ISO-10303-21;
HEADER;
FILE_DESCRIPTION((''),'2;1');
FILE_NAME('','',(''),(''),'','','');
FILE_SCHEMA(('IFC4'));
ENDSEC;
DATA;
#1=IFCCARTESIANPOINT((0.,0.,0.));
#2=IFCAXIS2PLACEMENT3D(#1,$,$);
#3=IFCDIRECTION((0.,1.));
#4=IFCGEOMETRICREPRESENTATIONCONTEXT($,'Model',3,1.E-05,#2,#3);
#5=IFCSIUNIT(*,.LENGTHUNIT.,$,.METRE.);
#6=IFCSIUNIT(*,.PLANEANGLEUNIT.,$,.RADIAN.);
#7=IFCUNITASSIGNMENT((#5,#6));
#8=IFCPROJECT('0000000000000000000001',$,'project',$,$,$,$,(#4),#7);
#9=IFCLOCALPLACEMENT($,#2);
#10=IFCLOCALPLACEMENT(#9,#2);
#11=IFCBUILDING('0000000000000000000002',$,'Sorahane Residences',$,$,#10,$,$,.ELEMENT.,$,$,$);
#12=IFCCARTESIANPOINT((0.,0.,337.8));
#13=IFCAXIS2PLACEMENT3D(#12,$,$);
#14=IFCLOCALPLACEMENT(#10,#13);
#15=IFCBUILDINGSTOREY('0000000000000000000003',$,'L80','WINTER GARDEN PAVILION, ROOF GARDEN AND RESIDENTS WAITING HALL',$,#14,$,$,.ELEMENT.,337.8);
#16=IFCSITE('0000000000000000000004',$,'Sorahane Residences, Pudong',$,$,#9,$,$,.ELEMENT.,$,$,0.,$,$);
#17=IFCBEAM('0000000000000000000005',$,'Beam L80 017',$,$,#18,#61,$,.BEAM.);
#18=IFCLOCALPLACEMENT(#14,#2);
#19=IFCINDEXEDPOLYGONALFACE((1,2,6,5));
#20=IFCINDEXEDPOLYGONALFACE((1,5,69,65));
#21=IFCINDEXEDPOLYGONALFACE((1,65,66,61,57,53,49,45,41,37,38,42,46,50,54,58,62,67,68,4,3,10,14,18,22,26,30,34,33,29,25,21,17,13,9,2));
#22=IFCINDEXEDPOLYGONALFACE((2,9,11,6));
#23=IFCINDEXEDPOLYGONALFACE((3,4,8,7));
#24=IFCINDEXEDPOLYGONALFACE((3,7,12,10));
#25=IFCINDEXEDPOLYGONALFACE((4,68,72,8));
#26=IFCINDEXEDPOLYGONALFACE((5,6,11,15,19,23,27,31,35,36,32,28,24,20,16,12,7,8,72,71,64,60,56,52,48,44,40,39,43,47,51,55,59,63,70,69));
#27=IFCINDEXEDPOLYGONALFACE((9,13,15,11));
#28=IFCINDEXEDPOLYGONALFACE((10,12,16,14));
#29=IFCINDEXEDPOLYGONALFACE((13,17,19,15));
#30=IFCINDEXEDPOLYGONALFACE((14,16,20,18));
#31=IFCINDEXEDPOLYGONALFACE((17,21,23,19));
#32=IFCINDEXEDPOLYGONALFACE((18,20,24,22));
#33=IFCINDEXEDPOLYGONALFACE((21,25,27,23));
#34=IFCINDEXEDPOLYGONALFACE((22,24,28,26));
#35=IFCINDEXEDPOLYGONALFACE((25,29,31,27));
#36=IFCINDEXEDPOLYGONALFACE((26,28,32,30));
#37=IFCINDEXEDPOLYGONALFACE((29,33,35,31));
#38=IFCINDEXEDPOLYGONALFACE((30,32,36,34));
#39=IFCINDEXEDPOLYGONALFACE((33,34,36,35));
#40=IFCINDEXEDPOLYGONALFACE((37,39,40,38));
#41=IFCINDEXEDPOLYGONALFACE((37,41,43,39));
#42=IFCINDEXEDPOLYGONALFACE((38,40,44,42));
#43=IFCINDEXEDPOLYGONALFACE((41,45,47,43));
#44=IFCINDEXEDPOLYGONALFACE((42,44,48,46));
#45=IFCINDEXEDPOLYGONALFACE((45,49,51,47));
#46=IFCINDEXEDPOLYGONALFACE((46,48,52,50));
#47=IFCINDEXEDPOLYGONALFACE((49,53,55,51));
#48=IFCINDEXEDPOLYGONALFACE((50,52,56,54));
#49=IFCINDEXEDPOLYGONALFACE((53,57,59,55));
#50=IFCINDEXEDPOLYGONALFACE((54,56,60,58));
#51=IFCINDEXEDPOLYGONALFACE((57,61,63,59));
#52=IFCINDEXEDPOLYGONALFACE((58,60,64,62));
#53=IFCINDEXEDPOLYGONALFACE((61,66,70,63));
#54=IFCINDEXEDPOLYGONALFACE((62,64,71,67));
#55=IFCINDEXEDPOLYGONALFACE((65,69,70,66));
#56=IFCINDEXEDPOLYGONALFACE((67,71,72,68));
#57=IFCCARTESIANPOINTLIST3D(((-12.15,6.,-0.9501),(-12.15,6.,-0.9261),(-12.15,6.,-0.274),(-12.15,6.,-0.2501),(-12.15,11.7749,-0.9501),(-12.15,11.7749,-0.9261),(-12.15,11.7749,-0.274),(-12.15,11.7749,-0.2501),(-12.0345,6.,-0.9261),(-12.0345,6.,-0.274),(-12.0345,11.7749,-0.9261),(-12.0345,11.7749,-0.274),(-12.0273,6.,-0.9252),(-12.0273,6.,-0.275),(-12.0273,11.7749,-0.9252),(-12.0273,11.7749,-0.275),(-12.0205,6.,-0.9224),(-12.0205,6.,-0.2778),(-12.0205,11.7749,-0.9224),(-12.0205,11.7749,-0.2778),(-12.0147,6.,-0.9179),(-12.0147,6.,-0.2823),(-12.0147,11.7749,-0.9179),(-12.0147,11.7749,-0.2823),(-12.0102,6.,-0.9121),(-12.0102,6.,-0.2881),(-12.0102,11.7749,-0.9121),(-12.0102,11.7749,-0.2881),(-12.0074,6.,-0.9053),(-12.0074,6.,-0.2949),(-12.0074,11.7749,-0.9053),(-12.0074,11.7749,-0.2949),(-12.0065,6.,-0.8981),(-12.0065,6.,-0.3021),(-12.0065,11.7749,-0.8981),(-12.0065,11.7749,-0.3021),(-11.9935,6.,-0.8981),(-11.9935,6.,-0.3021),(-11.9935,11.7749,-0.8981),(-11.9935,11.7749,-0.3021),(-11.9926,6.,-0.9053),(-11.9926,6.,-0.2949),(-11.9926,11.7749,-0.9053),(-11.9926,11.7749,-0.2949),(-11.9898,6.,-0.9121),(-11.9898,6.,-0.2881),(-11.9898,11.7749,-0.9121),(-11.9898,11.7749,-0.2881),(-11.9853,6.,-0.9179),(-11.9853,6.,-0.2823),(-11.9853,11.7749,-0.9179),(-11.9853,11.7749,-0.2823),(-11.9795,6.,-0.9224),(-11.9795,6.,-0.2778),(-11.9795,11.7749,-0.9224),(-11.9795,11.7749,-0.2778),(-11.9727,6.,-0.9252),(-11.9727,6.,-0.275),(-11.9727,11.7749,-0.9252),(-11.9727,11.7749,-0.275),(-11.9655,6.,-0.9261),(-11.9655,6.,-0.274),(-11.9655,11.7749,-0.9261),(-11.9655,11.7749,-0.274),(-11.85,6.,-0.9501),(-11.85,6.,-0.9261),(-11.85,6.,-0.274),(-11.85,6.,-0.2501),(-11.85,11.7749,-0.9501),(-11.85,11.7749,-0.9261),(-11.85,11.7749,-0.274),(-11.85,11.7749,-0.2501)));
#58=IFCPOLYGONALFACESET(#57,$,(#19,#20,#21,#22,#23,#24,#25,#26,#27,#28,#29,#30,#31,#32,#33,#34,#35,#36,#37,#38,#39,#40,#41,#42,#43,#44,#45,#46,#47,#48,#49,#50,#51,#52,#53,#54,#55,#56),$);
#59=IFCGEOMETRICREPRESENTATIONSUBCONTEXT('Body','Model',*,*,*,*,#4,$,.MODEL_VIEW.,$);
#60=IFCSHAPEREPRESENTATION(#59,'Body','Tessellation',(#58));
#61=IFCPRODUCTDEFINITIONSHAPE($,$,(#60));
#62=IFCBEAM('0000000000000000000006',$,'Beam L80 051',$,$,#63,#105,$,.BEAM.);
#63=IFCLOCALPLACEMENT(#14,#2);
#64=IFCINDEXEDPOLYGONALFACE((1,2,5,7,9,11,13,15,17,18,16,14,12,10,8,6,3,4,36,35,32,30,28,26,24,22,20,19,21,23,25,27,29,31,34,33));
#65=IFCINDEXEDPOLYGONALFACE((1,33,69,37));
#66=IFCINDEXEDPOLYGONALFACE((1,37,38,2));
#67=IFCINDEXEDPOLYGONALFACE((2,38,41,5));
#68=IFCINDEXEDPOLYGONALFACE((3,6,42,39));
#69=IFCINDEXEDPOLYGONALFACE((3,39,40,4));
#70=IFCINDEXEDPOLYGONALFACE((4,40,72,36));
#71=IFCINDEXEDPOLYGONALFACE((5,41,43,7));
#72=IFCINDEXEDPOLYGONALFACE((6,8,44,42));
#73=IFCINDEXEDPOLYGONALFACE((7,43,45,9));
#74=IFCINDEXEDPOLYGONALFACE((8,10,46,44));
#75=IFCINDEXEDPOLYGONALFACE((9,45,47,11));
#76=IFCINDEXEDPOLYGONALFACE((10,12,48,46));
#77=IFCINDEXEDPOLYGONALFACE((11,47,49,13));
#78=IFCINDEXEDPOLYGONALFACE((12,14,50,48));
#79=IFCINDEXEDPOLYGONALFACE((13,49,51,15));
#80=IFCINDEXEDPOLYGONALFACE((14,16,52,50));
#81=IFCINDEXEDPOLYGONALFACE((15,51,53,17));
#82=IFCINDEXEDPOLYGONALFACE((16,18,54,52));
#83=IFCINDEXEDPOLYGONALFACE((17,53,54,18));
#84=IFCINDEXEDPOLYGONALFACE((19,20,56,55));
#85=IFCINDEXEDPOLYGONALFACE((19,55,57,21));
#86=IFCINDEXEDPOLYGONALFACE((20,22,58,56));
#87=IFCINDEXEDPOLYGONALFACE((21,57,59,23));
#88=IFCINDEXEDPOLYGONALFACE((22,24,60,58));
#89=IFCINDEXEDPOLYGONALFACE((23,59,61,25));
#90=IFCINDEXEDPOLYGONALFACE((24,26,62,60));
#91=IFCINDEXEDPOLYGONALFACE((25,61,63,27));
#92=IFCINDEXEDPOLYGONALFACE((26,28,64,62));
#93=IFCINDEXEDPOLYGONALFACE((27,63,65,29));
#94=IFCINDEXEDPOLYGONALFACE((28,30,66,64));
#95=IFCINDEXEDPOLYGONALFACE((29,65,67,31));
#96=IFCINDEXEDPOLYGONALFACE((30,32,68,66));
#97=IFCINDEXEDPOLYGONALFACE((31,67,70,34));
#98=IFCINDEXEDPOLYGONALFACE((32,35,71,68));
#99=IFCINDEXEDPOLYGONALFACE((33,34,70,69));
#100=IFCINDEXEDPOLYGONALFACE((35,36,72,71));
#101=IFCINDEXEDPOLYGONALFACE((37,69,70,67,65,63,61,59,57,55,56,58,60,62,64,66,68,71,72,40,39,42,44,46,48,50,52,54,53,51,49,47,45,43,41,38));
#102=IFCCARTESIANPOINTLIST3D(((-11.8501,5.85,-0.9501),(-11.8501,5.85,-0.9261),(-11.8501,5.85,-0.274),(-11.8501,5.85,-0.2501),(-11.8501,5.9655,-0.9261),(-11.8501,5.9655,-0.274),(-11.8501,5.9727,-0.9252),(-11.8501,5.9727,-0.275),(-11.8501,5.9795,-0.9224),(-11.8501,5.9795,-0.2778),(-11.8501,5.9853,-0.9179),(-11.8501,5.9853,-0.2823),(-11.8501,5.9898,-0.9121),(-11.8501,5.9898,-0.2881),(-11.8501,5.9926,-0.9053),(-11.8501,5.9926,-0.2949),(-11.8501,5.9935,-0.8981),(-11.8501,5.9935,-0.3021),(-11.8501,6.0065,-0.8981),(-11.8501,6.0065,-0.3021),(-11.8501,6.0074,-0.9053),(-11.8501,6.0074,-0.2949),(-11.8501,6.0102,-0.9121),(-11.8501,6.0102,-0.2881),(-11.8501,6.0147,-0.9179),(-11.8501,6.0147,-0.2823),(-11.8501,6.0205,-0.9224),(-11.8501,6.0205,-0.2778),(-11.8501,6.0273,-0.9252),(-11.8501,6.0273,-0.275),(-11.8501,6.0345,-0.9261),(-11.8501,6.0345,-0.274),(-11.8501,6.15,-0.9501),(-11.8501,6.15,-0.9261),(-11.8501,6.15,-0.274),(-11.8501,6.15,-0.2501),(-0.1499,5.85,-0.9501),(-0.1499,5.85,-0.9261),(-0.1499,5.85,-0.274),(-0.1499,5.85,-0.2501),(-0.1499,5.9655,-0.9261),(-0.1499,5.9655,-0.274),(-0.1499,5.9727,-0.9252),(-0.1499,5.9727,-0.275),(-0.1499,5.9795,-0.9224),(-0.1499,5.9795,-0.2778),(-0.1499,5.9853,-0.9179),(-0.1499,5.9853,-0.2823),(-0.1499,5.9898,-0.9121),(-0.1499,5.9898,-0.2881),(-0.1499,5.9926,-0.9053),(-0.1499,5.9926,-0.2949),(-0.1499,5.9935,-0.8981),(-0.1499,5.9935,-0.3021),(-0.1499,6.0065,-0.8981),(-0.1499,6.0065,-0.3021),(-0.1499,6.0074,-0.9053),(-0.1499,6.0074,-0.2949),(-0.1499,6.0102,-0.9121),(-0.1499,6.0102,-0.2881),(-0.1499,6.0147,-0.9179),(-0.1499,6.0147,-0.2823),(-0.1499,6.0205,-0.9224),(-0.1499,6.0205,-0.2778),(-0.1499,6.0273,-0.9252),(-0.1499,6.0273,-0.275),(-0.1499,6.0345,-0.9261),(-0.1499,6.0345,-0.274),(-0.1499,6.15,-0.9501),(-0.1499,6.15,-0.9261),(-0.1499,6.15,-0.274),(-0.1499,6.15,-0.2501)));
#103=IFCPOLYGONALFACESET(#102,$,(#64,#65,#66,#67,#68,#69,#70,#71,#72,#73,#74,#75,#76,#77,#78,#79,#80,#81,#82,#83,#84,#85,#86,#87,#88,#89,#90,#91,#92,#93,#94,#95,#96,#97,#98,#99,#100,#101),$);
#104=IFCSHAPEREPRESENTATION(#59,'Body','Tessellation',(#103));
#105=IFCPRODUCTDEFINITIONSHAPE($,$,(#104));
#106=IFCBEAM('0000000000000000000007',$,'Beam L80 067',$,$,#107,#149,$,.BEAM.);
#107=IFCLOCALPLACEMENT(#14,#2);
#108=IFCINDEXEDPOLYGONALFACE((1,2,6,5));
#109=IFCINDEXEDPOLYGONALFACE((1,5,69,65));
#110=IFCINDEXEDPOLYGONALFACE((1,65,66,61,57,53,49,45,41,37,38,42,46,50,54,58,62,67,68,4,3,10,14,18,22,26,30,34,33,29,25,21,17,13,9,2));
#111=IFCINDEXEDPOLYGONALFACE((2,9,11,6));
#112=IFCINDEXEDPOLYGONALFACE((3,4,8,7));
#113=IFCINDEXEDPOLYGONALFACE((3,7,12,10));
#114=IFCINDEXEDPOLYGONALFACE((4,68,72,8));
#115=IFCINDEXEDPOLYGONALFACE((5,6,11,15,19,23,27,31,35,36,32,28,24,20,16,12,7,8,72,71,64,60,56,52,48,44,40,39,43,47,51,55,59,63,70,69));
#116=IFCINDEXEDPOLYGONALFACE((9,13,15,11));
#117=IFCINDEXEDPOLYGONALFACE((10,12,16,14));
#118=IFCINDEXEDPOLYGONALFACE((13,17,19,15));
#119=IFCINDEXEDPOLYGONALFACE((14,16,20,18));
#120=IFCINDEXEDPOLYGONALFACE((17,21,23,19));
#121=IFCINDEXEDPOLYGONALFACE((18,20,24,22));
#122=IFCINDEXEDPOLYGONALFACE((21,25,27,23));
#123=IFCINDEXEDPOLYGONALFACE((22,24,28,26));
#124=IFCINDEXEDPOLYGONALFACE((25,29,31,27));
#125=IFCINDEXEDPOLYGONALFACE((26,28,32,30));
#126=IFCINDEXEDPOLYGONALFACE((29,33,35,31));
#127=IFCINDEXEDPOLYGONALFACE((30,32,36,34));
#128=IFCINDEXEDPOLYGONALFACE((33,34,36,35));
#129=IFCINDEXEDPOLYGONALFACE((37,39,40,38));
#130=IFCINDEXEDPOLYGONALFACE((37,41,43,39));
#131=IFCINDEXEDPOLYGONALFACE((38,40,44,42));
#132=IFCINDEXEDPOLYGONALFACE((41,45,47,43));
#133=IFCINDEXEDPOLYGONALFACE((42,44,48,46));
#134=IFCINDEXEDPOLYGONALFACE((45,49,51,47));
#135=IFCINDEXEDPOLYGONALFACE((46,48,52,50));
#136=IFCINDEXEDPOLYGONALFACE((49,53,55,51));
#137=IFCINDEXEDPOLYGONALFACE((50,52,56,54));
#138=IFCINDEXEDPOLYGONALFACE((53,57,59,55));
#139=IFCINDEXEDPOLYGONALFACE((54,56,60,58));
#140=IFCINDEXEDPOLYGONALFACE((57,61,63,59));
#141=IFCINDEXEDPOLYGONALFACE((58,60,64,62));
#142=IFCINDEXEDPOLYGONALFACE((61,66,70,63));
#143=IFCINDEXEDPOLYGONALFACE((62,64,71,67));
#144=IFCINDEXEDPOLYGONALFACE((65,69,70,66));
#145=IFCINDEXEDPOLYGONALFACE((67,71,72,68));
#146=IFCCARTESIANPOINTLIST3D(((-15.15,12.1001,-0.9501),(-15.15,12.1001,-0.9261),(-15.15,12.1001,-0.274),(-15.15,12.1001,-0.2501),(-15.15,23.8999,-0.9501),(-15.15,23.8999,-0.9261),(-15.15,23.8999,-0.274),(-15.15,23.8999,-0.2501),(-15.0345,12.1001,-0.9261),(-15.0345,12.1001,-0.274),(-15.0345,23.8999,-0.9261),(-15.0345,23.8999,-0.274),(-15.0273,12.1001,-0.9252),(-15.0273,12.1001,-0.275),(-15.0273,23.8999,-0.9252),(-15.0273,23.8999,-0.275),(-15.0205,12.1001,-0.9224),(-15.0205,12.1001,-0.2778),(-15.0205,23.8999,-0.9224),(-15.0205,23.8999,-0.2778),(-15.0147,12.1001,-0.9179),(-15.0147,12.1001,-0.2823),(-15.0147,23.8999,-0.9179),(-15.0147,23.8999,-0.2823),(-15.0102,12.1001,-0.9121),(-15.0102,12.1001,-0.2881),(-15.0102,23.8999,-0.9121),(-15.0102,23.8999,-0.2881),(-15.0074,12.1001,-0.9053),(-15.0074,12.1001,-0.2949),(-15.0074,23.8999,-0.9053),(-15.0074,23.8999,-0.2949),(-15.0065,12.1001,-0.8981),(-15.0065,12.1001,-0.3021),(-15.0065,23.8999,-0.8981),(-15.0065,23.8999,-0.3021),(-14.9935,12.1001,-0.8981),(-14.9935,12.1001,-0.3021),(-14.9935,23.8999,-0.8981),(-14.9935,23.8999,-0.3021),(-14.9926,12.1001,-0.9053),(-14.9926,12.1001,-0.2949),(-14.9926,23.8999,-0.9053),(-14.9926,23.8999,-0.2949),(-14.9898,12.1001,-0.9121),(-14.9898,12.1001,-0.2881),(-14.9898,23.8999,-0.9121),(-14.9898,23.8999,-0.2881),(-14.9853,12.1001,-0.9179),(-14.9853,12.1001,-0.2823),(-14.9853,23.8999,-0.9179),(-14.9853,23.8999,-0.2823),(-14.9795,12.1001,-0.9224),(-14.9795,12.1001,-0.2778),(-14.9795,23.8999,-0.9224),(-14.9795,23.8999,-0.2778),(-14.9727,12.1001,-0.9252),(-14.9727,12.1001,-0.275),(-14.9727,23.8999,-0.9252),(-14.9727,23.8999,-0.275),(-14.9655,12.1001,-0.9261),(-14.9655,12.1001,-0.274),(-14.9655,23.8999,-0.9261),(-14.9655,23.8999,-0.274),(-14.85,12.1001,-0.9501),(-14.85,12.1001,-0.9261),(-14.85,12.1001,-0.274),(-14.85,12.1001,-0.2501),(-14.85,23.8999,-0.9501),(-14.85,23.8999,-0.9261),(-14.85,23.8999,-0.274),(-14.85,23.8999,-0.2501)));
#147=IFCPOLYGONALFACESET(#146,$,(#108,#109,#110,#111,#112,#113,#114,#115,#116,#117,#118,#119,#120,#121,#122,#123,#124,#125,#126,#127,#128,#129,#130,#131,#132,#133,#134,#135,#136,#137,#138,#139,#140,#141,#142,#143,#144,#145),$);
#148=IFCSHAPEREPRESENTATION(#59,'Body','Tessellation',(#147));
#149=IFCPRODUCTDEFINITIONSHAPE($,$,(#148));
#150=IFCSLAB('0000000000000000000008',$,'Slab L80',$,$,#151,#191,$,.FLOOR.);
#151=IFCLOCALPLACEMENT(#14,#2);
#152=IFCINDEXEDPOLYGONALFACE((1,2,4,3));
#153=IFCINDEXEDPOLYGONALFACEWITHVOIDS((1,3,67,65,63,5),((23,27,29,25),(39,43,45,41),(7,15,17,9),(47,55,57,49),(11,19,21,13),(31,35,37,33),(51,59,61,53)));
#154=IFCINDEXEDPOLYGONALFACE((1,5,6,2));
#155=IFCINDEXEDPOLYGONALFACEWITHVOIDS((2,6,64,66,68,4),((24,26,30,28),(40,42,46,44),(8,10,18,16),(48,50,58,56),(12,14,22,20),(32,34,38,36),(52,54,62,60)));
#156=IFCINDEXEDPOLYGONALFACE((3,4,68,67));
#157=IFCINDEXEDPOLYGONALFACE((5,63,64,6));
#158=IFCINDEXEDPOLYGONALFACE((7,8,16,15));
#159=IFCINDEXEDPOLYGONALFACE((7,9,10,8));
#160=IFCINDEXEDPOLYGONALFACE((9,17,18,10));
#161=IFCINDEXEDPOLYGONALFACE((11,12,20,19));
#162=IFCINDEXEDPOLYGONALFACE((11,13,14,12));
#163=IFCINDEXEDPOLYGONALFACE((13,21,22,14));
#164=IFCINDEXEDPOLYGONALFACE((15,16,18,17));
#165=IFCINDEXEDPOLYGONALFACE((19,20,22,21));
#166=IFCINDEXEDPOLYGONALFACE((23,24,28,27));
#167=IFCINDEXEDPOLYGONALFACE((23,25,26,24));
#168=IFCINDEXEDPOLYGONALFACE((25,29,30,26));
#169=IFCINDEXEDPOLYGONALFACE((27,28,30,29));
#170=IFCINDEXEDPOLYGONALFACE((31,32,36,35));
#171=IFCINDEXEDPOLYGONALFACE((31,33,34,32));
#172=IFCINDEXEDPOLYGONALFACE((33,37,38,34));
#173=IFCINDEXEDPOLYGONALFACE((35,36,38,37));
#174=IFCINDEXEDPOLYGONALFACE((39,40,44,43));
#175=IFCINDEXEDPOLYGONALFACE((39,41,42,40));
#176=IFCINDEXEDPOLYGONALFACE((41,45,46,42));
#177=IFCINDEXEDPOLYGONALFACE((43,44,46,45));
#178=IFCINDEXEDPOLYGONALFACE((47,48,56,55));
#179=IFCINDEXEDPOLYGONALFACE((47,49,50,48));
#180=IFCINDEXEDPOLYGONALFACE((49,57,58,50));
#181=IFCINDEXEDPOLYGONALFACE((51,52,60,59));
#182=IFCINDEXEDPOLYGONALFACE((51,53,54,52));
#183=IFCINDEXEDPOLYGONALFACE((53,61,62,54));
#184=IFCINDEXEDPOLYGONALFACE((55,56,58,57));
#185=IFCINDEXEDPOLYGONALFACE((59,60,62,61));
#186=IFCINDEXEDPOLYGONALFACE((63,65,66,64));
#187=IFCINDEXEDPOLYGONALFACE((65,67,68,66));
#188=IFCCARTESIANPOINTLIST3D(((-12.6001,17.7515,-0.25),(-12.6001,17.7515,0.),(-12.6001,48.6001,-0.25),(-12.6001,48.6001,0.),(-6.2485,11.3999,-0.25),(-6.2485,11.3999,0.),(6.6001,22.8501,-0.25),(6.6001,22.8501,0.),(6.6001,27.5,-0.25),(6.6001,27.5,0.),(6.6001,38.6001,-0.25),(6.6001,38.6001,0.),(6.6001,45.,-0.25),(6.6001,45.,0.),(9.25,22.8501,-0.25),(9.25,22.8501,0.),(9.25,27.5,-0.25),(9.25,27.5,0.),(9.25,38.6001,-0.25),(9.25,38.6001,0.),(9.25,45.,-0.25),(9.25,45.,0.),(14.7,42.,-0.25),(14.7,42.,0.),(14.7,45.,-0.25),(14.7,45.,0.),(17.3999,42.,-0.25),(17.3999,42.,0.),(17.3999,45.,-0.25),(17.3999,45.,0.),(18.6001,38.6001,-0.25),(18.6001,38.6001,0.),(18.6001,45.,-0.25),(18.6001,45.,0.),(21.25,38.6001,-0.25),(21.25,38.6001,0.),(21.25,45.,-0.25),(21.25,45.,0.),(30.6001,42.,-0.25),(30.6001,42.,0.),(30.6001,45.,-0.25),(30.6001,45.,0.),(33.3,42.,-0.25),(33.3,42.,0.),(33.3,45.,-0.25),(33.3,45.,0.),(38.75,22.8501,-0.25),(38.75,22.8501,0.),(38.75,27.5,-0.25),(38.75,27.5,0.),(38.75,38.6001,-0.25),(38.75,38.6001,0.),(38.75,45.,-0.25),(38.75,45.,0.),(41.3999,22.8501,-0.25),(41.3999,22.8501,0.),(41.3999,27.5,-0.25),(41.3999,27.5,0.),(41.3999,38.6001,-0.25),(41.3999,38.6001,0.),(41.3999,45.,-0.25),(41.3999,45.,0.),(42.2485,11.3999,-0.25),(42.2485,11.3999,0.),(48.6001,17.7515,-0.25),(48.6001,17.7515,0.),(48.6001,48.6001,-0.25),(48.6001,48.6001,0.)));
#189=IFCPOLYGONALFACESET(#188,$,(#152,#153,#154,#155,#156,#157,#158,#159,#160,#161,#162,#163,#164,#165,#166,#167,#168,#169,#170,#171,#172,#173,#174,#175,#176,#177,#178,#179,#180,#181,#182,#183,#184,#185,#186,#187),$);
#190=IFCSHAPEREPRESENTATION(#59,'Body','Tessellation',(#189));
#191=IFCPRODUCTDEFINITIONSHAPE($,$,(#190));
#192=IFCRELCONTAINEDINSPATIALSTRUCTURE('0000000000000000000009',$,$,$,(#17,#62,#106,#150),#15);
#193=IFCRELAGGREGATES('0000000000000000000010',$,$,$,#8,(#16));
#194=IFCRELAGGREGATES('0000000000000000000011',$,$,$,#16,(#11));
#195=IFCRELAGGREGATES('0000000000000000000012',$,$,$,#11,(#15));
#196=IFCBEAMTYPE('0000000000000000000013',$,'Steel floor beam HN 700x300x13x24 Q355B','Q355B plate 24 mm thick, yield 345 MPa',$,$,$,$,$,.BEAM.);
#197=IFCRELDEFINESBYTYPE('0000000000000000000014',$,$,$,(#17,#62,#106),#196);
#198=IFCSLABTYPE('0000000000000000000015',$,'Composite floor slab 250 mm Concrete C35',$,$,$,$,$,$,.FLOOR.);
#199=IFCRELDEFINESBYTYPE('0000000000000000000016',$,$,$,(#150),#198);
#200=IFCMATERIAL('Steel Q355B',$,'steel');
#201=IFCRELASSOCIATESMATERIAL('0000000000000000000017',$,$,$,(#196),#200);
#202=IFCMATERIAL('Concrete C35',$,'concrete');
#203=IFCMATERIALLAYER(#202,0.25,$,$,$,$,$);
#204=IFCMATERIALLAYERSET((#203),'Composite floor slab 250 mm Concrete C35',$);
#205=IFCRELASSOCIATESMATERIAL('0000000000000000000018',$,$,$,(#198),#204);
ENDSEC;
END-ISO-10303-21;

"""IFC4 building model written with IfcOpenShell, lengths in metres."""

from ifc_helpers import new_model, si_unit, direction, frame, origin, origin_2d, place, context, subcontext, project, spatial, polyline, i_section, outline, extrude, material, layer, layer_set, material_profile, profile_set, type_object, element, save


model = new_model("IFC4")

# Units and contexts
model_context = context("Model", 3, precision=1e-05, world=origin(), true_north=direction((0.0, 1.0)))
body_context = subcontext(model_context, "Body", "Model", "MODEL_VIEW")
ifc_project = project(units=[si_unit("LENGTHUNIT", "METRE"), si_unit("PLANEANGLEUNIT", "RADIAN")], contexts=[model_context])

# Site, building, storey
site_placement = place(None, origin())
site = spatial("IfcSite", under=ifc_project, at=site_placement, Name="Sorahane Residences, Pudong", CompositionType="ELEMENT", RefElevation=0.0)
building_placement = place(site_placement, origin())
building = spatial("IfcBuilding", under=site, at=building_placement, Name="Sorahane Residences", CompositionType="ELEMENT")
storey_placement = place(building_placement, frame((0.0, 0.0, 337.8)))
storey = spatial("IfcBuildingStorey", under=building, at=storey_placement, Name="L80", Description="WINTER GARDEN PAVILION, ROOF GARDEN AND RESIDENTS WAITING HALL", CompositionType="ELEMENT", Elevation=337.8)

# Beams
ifc_material_1 = material(Name="Steel Q355B", Category="steel")
ifc_material_profile_1 = material_profile(ifc_material_1, i_section(OverallWidth=0.3, OverallDepth=0.7, WebThickness=0.0129, FlangeThickness=0.0239, FilletRadius=0.0281, at=origin_2d()), Name="HN 700x300x13x24")
ifc_profile_set_1 = profile_set([ifc_material_profile_1], Name="Steel Q355B")
beam_type_1 = type_object("IfcBeamType", Name="Steel floor beam HN 700x300x13x24 Q355B", Description="Q355B plate 24 mm thick, yield 345 MPa", PredefinedType="BEAM", material=ifc_profile_set_1)
beam_1_placement = place(storey_placement, frame((-12.0, 6.0, -0.6001), z_axis=(0.0, 1.0, 0.0), x_axis=(-1.0, 0.0, 0.0)))
element("IfcBeam", 1, at=beam_1_placement, inside=storey, type_object=beam_type_1, Name="Beam L80 017", PredefinedType="BEAM", context=body_context, shape_type="SweptSolid", body=[
    extrude(i_section(OverallWidth=0.3, OverallDepth=0.7, WebThickness=0.0129, FlangeThickness=0.0239, FilletRadius=0.0281, at=origin_2d()), origin(), (0.0, 0.0, 1.0), 5.7749),
])
beam_2_placement = place(storey_placement, frame((-11.8501, 6.0, -0.6001), z_axis=(1.0, 0.0, 0.0), x_axis=(0.0, 1.0, 0.0)))
element("IfcBeam", 2, at=beam_2_placement, inside=storey, type_object=beam_type_1, Name="Beam L80 051", PredefinedType="BEAM", context=body_context, shape_type="SweptSolid", body=[
    extrude(i_section(OverallWidth=0.3, OverallDepth=0.7, WebThickness=0.0129, FlangeThickness=0.0239, FilletRadius=0.0281, at=origin_2d()), origin(), (0.0, 0.0, 1.0), 11.7002),
])
beam_3_placement = place(storey_placement, frame((-15.0, 12.1001, -0.6001), z_axis=(0.0, 1.0, 0.0), x_axis=(-1.0, 0.0, 0.0)))
element("IfcBeam", 3, at=beam_3_placement, inside=storey, type_object=beam_type_1, Name="Beam L80 067", PredefinedType="BEAM", context=body_context, shape_type="SweptSolid", body=[
    extrude(i_section(OverallWidth=0.3, OverallDepth=0.7, WebThickness=0.0129, FlangeThickness=0.0239, FilletRadius=0.0281, at=origin_2d()), origin(), (0.0, 0.0, 1.0), 11.7998),
])

# Slab
ifc_material_2 = material(Name="Concrete C35", Category="concrete")
ifc_layer_1 = layer(ifc_material_2, 0.25)
ifc_layer_set_1 = layer_set([ifc_layer_1], Name="Composite floor slab 250 mm Concrete C35")
slab_type_1 = type_object("IfcSlabType", Name="Composite floor slab 250 mm Concrete C35", PredefinedType="FLOOR", material=ifc_layer_set_1)
slab_1_placement = place(storey_placement, frame((0.0, 0.0, -0.25)))
element("IfcSlab", 4, at=slab_1_placement, inside=storey, type_object=slab_type_1, Name="Slab L80", PredefinedType="FLOOR", context=body_context, shape_type="SweptSolid", body=[
    extrude(outline(polyline([(-6.2485, 11.3999), (-12.6001, 17.7515), (-12.6001, 48.6001), (48.6001, 48.6001), (48.6001, 17.7515), (42.2485, 11.3999), (-6.2485, 11.3999)]), holes=[polyline([(30.6001, 42.0), (33.3, 42.0), (33.3, 45.0), (30.6001, 45.0), (30.6001, 42.0)]), polyline([(14.7, 42.0), (17.3999, 42.0), (17.3999, 45.0), (14.7, 45.0), (14.7, 42.0)]), polyline([(9.25, 38.6001), (9.25, 45.0), (6.6001, 45.0), (6.6001, 38.6001), (9.25, 38.6001)]), polyline([(41.3999, 38.6001), (41.3999, 45.0), (38.75, 45.0), (38.75, 38.6001), (41.3999, 38.6001)]), polyline([(21.25, 38.6001), (21.25, 45.0), (18.6001, 45.0), (18.6001, 38.6001), (21.25, 38.6001)]), polyline([(9.25, 22.8501), (9.25, 27.5), (6.6001, 27.5), (6.6001, 22.8501), (9.25, 22.8501)]), polyline([(41.3999, 22.8501), (41.3999, 27.5), (38.75, 27.5), (38.75, 22.8501), (41.3999, 22.8501)])]), origin(), (0.0, 0.0, 1.0), 0.25),
])

save(model, "model.ifc")
